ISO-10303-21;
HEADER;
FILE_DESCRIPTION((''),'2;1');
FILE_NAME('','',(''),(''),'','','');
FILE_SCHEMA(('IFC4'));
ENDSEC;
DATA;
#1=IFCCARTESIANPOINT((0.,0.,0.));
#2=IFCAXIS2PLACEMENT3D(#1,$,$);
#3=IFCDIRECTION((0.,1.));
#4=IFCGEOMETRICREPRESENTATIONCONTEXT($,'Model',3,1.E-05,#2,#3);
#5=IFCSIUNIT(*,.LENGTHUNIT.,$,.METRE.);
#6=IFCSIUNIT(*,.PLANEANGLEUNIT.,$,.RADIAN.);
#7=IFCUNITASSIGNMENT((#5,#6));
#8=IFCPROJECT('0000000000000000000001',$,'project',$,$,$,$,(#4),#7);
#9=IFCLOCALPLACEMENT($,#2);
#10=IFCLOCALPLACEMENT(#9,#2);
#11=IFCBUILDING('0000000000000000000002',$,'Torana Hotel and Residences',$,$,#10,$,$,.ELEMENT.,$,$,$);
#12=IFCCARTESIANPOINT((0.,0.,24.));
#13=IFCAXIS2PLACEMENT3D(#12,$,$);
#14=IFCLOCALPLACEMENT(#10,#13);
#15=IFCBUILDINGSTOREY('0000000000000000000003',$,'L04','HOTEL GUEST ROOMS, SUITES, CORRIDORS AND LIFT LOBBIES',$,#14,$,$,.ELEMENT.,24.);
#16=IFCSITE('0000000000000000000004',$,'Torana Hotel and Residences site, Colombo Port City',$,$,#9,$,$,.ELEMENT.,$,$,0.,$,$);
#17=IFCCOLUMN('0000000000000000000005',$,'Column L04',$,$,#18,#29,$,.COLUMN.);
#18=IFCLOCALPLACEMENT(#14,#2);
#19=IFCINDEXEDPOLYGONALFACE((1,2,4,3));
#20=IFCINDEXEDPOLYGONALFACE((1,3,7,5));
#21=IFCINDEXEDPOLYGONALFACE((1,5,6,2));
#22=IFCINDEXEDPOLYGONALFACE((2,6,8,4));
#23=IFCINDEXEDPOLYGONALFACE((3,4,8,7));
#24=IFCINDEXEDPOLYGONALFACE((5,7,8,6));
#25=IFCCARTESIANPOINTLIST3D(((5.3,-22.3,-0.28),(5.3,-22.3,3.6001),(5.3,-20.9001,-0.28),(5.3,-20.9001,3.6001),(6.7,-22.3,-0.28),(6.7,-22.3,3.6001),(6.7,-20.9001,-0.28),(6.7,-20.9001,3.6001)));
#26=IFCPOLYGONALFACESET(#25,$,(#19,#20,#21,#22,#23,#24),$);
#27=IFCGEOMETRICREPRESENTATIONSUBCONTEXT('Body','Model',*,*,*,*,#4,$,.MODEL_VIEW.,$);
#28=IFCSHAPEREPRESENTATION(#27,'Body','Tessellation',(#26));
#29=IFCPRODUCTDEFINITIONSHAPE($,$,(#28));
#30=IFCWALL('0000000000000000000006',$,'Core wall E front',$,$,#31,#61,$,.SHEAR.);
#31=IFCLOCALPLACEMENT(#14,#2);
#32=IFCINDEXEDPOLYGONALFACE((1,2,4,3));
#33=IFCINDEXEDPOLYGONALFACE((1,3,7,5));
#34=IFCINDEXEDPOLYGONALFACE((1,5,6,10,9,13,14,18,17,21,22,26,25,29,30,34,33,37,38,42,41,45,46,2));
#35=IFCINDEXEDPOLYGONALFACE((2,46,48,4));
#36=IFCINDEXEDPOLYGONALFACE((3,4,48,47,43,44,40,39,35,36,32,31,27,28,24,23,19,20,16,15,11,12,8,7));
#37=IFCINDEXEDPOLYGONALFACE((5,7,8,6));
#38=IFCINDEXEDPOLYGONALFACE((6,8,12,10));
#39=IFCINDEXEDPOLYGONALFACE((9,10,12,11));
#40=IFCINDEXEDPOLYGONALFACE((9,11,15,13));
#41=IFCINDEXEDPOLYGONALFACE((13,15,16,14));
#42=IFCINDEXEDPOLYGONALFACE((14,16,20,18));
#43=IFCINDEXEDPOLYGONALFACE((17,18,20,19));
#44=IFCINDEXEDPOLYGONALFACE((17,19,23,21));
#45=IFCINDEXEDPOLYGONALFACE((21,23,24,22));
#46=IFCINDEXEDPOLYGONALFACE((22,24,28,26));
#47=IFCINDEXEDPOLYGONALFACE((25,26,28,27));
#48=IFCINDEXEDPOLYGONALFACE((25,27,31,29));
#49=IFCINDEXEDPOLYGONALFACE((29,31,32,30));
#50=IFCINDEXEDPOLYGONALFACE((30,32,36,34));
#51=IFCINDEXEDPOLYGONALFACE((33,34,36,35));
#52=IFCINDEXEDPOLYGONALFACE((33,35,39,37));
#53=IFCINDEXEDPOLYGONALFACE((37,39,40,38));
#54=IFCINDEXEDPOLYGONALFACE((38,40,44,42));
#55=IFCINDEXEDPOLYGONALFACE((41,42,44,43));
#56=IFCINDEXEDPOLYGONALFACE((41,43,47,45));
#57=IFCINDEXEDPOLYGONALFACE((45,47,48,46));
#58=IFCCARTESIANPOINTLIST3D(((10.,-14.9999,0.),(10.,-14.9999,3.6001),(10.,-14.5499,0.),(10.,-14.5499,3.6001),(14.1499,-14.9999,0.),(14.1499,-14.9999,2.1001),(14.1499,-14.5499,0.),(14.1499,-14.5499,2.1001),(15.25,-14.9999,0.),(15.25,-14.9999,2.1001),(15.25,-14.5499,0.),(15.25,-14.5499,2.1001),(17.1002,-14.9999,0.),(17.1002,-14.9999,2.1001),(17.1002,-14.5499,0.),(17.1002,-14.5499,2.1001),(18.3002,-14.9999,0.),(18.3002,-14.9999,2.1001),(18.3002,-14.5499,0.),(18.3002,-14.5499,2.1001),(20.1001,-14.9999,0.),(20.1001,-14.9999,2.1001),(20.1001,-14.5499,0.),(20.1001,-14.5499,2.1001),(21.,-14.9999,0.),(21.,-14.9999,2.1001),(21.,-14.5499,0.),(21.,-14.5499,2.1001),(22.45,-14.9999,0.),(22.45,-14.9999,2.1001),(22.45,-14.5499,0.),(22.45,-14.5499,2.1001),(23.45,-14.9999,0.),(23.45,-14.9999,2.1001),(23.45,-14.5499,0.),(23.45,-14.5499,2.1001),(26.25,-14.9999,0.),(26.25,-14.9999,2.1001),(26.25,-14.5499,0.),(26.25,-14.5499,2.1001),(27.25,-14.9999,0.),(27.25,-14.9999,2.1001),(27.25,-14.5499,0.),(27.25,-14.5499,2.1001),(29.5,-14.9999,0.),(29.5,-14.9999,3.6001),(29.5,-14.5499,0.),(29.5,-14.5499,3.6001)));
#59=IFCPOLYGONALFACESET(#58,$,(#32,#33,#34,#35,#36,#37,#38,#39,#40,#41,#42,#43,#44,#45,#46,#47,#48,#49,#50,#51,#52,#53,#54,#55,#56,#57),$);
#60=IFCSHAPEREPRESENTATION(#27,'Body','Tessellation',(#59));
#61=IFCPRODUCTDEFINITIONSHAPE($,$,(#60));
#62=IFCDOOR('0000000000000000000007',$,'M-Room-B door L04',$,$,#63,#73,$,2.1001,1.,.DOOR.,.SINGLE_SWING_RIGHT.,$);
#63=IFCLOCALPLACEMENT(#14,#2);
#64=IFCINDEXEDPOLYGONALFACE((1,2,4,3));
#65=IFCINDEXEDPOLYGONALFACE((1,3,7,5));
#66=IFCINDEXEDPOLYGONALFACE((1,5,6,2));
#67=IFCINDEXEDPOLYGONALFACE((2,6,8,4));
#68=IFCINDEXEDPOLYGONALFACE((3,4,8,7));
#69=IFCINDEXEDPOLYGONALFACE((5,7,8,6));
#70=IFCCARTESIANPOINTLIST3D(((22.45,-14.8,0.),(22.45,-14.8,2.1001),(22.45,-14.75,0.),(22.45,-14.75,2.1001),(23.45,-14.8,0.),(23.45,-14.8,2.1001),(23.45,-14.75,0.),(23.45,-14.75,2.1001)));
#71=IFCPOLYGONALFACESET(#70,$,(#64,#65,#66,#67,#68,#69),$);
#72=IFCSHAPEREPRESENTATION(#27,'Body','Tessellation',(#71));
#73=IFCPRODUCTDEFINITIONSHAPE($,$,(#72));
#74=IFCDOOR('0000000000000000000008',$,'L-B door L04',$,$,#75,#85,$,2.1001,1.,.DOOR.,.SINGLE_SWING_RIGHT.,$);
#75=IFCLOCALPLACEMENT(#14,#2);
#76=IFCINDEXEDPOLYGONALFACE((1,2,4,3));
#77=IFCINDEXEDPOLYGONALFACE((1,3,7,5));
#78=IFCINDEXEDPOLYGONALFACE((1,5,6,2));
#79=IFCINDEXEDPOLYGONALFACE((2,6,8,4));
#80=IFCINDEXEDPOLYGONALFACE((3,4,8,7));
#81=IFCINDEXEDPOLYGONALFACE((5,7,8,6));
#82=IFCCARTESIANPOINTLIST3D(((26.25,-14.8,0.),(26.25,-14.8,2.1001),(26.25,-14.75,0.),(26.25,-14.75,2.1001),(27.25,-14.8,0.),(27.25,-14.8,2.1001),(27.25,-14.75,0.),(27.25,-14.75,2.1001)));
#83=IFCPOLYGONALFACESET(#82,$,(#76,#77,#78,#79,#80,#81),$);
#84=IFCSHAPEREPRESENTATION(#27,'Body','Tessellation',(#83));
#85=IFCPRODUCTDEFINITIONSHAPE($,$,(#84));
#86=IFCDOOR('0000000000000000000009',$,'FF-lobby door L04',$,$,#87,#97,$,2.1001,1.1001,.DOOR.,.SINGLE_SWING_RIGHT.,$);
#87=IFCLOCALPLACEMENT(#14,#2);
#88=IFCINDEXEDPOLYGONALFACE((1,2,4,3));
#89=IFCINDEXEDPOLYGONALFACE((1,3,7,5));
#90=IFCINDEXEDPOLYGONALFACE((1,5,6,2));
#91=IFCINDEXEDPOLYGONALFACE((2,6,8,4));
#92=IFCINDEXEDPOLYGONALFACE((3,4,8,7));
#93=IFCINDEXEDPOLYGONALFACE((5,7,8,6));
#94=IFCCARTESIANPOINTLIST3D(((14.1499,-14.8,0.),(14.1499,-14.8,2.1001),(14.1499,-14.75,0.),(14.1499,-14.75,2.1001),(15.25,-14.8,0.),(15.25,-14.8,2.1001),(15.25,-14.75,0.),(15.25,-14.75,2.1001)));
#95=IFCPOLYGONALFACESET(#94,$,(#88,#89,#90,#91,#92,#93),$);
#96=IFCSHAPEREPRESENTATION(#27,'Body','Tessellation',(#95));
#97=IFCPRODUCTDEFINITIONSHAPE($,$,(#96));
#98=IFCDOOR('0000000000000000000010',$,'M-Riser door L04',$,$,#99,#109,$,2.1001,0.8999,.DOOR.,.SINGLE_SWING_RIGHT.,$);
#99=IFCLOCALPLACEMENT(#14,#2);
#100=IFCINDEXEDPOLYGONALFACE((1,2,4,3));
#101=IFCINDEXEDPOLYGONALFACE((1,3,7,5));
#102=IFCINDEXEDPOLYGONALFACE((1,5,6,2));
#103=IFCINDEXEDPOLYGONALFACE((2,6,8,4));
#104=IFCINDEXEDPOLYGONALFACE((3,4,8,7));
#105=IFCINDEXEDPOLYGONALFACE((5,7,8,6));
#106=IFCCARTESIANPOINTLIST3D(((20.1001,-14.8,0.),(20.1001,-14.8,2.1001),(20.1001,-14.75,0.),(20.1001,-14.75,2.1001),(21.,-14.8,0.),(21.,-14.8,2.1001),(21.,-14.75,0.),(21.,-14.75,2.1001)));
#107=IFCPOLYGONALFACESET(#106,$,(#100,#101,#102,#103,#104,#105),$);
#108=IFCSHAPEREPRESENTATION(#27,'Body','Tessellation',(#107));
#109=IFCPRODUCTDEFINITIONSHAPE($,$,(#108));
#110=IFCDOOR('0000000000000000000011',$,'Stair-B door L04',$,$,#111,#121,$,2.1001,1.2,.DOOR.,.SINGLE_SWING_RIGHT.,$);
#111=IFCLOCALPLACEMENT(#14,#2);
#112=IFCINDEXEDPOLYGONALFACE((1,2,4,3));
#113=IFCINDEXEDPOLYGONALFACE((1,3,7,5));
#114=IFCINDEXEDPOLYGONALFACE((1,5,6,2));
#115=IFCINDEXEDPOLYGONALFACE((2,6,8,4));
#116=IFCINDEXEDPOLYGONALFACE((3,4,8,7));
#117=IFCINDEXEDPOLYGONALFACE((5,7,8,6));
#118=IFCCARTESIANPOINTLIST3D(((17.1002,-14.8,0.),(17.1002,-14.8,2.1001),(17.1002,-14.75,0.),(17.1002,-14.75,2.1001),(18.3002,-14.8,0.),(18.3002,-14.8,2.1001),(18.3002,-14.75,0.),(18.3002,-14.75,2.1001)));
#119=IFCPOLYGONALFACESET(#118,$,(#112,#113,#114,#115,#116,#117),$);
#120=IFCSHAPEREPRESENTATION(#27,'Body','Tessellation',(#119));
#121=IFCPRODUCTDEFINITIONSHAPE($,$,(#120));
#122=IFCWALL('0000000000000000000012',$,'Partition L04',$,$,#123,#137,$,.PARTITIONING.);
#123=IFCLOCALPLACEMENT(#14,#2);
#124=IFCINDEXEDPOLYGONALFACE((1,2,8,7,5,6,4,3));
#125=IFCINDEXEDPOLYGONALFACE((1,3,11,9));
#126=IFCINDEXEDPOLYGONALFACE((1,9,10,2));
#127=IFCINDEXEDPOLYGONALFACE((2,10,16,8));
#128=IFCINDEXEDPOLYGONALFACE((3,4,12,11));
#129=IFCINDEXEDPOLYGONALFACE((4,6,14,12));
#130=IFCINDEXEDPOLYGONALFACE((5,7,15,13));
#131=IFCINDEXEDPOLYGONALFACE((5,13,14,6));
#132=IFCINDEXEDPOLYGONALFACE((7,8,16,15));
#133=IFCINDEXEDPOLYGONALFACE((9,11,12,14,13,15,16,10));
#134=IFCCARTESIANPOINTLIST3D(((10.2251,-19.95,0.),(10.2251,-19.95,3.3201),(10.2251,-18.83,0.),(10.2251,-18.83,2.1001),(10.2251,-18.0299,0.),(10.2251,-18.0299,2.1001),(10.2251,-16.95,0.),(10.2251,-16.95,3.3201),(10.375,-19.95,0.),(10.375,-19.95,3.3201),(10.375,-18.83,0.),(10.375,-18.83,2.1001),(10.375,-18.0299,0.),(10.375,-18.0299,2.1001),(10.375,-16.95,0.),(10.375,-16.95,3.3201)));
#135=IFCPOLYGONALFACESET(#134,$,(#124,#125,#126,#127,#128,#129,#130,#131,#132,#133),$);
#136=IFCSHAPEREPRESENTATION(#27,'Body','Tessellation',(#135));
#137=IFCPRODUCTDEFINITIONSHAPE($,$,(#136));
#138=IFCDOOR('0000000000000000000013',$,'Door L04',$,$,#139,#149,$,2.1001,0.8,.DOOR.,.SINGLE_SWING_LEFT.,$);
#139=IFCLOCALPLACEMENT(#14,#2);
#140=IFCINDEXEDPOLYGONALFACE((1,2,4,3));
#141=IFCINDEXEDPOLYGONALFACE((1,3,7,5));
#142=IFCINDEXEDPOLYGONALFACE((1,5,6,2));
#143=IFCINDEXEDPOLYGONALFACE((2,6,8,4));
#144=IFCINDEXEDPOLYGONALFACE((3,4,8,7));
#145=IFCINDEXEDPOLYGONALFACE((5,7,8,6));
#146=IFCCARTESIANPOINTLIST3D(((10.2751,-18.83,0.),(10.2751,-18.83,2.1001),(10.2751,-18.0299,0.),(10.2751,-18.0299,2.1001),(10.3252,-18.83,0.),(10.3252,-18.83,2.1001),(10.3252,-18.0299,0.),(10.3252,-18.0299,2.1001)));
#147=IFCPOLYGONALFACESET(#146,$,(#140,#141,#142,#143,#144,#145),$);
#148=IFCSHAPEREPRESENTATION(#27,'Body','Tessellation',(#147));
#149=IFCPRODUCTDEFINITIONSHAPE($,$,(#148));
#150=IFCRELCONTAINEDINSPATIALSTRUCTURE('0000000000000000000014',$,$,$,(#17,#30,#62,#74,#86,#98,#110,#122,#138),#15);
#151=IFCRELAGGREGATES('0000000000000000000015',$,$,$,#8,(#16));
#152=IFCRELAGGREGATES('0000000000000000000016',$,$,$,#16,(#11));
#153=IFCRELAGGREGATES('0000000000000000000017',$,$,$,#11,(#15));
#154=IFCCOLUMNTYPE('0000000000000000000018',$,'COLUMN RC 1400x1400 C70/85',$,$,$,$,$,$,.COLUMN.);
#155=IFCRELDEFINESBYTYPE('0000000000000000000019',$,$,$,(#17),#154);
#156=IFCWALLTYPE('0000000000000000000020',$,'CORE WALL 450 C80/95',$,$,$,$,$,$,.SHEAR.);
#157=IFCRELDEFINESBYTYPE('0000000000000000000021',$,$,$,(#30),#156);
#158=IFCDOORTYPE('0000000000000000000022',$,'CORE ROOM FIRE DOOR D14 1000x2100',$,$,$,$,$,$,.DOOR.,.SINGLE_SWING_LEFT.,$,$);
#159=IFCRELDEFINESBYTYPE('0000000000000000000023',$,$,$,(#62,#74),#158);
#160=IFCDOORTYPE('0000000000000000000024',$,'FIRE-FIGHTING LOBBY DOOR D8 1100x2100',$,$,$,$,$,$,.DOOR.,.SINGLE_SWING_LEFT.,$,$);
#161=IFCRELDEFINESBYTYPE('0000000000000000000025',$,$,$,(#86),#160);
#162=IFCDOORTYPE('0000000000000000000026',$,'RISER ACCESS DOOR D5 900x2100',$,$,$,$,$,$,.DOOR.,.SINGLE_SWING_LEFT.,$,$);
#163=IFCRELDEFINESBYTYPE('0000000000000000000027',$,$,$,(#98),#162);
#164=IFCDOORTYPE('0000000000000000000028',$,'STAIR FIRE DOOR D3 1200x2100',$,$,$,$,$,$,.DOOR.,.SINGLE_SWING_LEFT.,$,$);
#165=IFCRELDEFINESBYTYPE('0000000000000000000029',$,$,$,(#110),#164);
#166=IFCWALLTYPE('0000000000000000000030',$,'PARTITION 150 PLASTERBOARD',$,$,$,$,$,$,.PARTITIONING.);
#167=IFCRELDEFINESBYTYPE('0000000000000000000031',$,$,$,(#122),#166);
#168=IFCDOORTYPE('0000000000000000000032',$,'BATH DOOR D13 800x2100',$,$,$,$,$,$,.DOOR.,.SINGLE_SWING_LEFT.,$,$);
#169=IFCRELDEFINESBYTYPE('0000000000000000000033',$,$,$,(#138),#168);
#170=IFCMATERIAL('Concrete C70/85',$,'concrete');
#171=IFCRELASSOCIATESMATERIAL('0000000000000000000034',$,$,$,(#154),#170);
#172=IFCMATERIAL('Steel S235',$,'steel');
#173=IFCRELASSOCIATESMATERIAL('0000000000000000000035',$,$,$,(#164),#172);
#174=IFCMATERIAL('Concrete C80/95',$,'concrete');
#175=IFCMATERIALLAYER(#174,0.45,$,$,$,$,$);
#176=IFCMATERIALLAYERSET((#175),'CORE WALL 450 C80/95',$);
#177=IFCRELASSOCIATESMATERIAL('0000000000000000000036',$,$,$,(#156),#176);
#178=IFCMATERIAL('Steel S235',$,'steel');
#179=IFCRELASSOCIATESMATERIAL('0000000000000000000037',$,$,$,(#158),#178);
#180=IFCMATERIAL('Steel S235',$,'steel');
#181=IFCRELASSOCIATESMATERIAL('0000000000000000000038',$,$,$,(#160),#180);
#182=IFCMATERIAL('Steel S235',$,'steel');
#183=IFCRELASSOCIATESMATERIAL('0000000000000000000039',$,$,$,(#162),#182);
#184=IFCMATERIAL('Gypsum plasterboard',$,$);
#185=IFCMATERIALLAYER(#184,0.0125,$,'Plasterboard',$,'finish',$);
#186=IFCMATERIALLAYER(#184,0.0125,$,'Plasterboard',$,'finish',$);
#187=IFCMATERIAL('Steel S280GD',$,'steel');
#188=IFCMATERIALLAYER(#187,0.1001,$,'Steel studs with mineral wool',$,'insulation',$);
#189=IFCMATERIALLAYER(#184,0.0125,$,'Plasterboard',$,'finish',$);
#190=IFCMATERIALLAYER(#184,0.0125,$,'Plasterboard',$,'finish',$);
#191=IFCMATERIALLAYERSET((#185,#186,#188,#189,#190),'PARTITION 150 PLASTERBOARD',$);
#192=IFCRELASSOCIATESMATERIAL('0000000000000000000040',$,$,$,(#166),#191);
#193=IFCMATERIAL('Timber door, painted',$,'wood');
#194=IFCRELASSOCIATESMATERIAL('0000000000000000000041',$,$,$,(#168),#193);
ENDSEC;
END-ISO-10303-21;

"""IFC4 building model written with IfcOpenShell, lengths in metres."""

from ifc_helpers import new_model, si_unit, direction, frame, frame_2d, origin, origin_2d, place, context, subcontext, project, spatial, rectangle, extrude, material, layer, layer_set, material_profile, profile_set, type_object, element, fill, save


model = new_model("IFC4")

# Units and contexts
model_context = context("Model", 3, precision=1e-05, world=origin(), true_north=direction((0.0, 1.0)))
body_context = subcontext(model_context, "Body", "Model", "MODEL_VIEW")
ifc_project = project(units=[si_unit("LENGTHUNIT", "METRE"), si_unit("PLANEANGLEUNIT", "RADIAN")], contexts=[model_context])

# Site, building, storey
site_placement = place(None, origin())
site = spatial("IfcSite", under=ifc_project, at=site_placement, Name="Torana Hotel and Residences site, Colombo Port City", CompositionType="ELEMENT", RefElevation=0.0)
building_placement = place(site_placement, origin())
building = spatial("IfcBuilding", under=site, at=building_placement, Name="Torana Hotel and Residences", CompositionType="ELEMENT")
storey_placement = place(building_placement, frame((0.0, 0.0, 24.0)))
storey = spatial("IfcBuildingStorey", under=building, at=storey_placement, Name="L04", Description="HOTEL GUEST ROOMS, SUITES, CORRIDORS AND LIFT LOBBIES", CompositionType="ELEMENT", Elevation=24.0)

# Column
ifc_material_1 = material(Name="Concrete C70/85", Category="concrete")
ifc_material_profile = material_profile(ifc_material_1, rectangle(XDim=1.3999, YDim=1.3999, at=origin_2d()), Name="RC 1400x1400")
ifc_profile_set = profile_set([ifc_material_profile], Name="Concrete C70/85")
column_type = type_object("IfcColumnType", Name="COLUMN RC 1400x1400 C70/85", PredefinedType="COLUMN", material=ifc_profile_set)
column_placement = place(storey_placement, frame((6.0, -21.6001, -0.28), z_axis=(0.0, 0.0, 1.0), x_axis=(1.0, 0.0, 0.0)))
element("IfcColumn", 1, at=column_placement, inside=storey, type_object=column_type, Name="Column L04", PredefinedType="COLUMN", context=body_context, shape_type="SweptSolid", body=[
    extrude(rectangle(XDim=1.3999, YDim=1.3999, at=origin_2d()), origin(), (0.0, 0.0, 1.0), 3.8801),
])

# Wall, openings, doors
ifc_material_2 = material(Name="Steel S235", Category="steel")
door_type_1 = type_object("IfcDoorType", Name="STAIR FIRE DOOR D3 1200x2100", OperationType="SINGLE_SWING_LEFT", PredefinedType="DOOR", material=ifc_material_2)
ifc_material_3 = material(Name="Concrete C80/95", Category="concrete")
ifc_layer_1 = layer(ifc_material_3, 0.45)
ifc_layer_set_1 = layer_set([ifc_layer_1], Name="CORE WALL 450 C80/95")
wall_type_1 = type_object("IfcWallType", Name="CORE WALL 450 C80/95", PredefinedType="SHEAR", material=ifc_layer_set_1)
wall_1_placement = place(storey_placement, frame((10.0, -14.7749, 0.0), z_axis=(0.0, 0.0, 1.0), x_axis=(1.0, 0.0, 0.0)))
wall_1 = element("IfcWall", 2, at=wall_1_placement, inside=storey, type_object=wall_type_1, Name="Core wall E front", PredefinedType="SHEAR", context=body_context, shape_type="SweptSolid", body=[
    extrude(rectangle(XDim=19.5, YDim=0.45, at=frame_2d((9.75, 0.0))), origin(), (0.0, 0.0, 1.0), 3.6001),
])
opening_1_placement = place(wall_1_placement, frame((7.1001, 0.0, 0.0)))
opening_1 = element("IfcOpeningElement", 3, at=opening_1_placement, cuts=wall_1, PredefinedType="OPENING", context=body_context, shape_type="SweptSolid", body=[
    extrude(rectangle(XDim=1.2, YDim=2.1001, at=frame_2d((0.6001, 1.05))), frame((0.0, 0.2349, 0.0), z_axis=(0.0, -1.0, 0.0), x_axis=(1.0, 0.0, 0.0)), (0.0, 0.0, 1.0), 0.47),
])
opening_2_placement = place(wall_1_placement, frame((4.1499, 0.0, 0.0)))
opening_2 = element("IfcOpeningElement", 4, at=opening_2_placement, cuts=wall_1, PredefinedType="OPENING", context=body_context, shape_type="SweptSolid", body=[
    extrude(rectangle(XDim=1.1001, YDim=2.1001, at=frame_2d((0.55, 1.05))), frame((0.0, 0.2349, 0.0), z_axis=(0.0, -1.0, 0.0), x_axis=(1.0, 0.0, 0.0)), (0.0, 0.0, 1.0), 0.47),
])
opening_3_placement = place(wall_1_placement, frame((10.1001, 0.0, 0.0)))
opening_3 = element("IfcOpeningElement", 5, at=opening_3_placement, cuts=wall_1, PredefinedType="OPENING", context=body_context, shape_type="SweptSolid", body=[
    extrude(rectangle(XDim=0.8999, YDim=2.1001, at=frame_2d((0.45, 1.05))), frame((0.0, 0.2349, 0.0), z_axis=(0.0, -1.0, 0.0), x_axis=(1.0, 0.0, 0.0)), (0.0, 0.0, 1.0), 0.47),
])
opening_4_placement = place(wall_1_placement, frame((12.45, 0.0, 0.0)))
opening_4 = element("IfcOpeningElement", 6, at=opening_4_placement, cuts=wall_1, PredefinedType="OPENING", context=body_context, shape_type="SweptSolid", body=[
    extrude(rectangle(XDim=1.0, YDim=2.1001, at=frame_2d((0.5, 1.05))), frame((0.0, 0.2349, 0.0), z_axis=(0.0, -1.0, 0.0), x_axis=(1.0, 0.0, 0.0)), (0.0, 0.0, 1.0), 0.47),
])
opening_5_placement = place(wall_1_placement, frame((16.25, 0.0, 0.0)))
opening_5 = element("IfcOpeningElement", 7, at=opening_5_placement, cuts=wall_1, PredefinedType="OPENING", context=body_context, shape_type="SweptSolid", body=[
    extrude(rectangle(XDim=1.0, YDim=2.1001, at=frame_2d((0.5, 1.05))), frame((0.0, 0.2349, 0.0), z_axis=(0.0, -1.0, 0.0), x_axis=(1.0, 0.0, 0.0)), (0.0, 0.0, 1.0), 0.47),
])
ifc_material_4 = material(Name="Steel S235", Category="steel")
door_type_2 = type_object("IfcDoorType", Name="CORE ROOM FIRE DOOR D14 1000x2100", OperationType="SINGLE_SWING_LEFT", PredefinedType="DOOR", material=ifc_material_4)
door_1_placement = place(opening_4_placement, origin())
door_1 = element("IfcDoor", 8, at=door_1_placement, inside=storey, type_object=door_type_2, Name="M-Room-B door L04", OperationType="SINGLE_SWING_RIGHT", OverallHeight=2.1001, OverallWidth=1.0, PredefinedType="DOOR", context=body_context, shape_type="SweptSolid", body=[
    extrude(rectangle(XDim=1.0, YDim=2.1001, at=frame_2d((0.5, 1.05))), frame((0.0, 0.0249, 0.0), z_axis=(0.0, -1.0, 0.0), x_axis=(1.0, 0.0, 0.0)), (0.0, 0.0, 1.0), 0.05),
])
fill(opening_4, door_1)
door_2_placement = place(opening_5_placement, origin())
door_2 = element("IfcDoor", 9, at=door_2_placement, inside=storey, type_object=door_type_2, Name="L-B door L04", OperationType="SINGLE_SWING_RIGHT", OverallHeight=2.1001, OverallWidth=1.0, PredefinedType="DOOR", context=body_context, shape_type="SweptSolid", body=[
    extrude(rectangle(XDim=1.0, YDim=2.1001, at=frame_2d((0.5, 1.05))), frame((0.0, 0.0249, 0.0), z_axis=(0.0, -1.0, 0.0), x_axis=(1.0, 0.0, 0.0)), (0.0, 0.0, 1.0), 0.05),
])
fill(opening_5, door_2)
ifc_material_5 = material(Name="Steel S235", Category="steel")
door_type_3 = type_object("IfcDoorType", Name="FIRE-FIGHTING LOBBY DOOR D8 1100x2100", OperationType="SINGLE_SWING_LEFT", PredefinedType="DOOR", material=ifc_material_5)
door_3_placement = place(opening_2_placement, origin())
door_3 = element("IfcDoor", 10, at=door_3_placement, inside=storey, type_object=door_type_3, Name="FF-lobby door L04", OperationType="SINGLE_SWING_RIGHT", OverallHeight=2.1001, OverallWidth=1.1001, PredefinedType="DOOR", context=body_context, shape_type="SweptSolid", body=[
    extrude(rectangle(XDim=1.1001, YDim=2.1001, at=frame_2d((0.55, 1.05))), frame((0.0, 0.0249, 0.0), z_axis=(0.0, -1.0, 0.0), x_axis=(1.0, 0.0, 0.0)), (0.0, 0.0, 1.0), 0.05),
])
fill(opening_2, door_3)
ifc_material_6 = material(Name="Steel S235", Category="steel")
door_type_4 = type_object("IfcDoorType", Name="RISER ACCESS DOOR D5 900x2100", OperationType="SINGLE_SWING_LEFT", PredefinedType="DOOR", material=ifc_material_6)
door_4_placement = place(opening_3_placement, origin())
door_4 = element("IfcDoor", 11, at=door_4_placement, inside=storey, type_object=door_type_4, Name="M-Riser door L04", OperationType="SINGLE_SWING_RIGHT", OverallHeight=2.1001, OverallWidth=0.8999, PredefinedType="DOOR", context=body_context, shape_type="SweptSolid", body=[
    extrude(rectangle(XDim=0.8999, YDim=2.1001, at=frame_2d((0.45, 1.05))), frame((0.0, 0.0249, 0.0), z_axis=(0.0, -1.0, 0.0), x_axis=(1.0, 0.0, 0.0)), (0.0, 0.0, 1.0), 0.05),
])
fill(opening_3, door_4)
door_5_placement = place(opening_1_placement, origin())
door_5 = element("IfcDoor", 12, at=door_5_placement, inside=storey, type_object=door_type_1, Name="Stair-B door L04", OperationType="SINGLE_SWING_RIGHT", OverallHeight=2.1001, OverallWidth=1.2, PredefinedType="DOOR", context=body_context, shape_type="SweptSolid", body=[
    extrude(rectangle(XDim=1.2, YDim=2.1001, at=frame_2d((0.6001, 1.05))), frame((0.0, 0.0249, 0.0), z_axis=(0.0, -1.0, 0.0), x_axis=(1.0, 0.0, 0.0)), (0.0, 0.0, 1.0), 0.05),
])
fill(opening_1, door_5)

# Wall, opening, door
ifc_material_7 = material(Name="Gypsum plasterboard")
ifc_layer_2 = layer(ifc_material_7, 0.0125, Name="Plasterboard", Category="finish")
ifc_layer_3 = layer(ifc_material_7, 0.0125, Name="Plasterboard", Category="finish")
ifc_material_8 = material(Name="Steel S280GD", Category="steel")
ifc_layer_4 = layer(ifc_material_8, 0.1001, Name="Steel studs with mineral wool", Category="insulation")
ifc_layer_5 = layer(ifc_material_7, 0.0125, Name="Plasterboard", Category="finish")
ifc_layer_6 = layer(ifc_material_7, 0.0125, Name="Plasterboard", Category="finish")
ifc_layer_set_2 = layer_set([ifc_layer_2, ifc_layer_3, ifc_layer_4, ifc_layer_5, ifc_layer_6], Name="PARTITION 150 PLASTERBOARD")
wall_type_2 = type_object("IfcWallType", Name="PARTITION 150 PLASTERBOARD", PredefinedType="PARTITIONING", material=ifc_layer_set_2)
wall_2_placement = place(storey_placement, frame((10.3, -19.95, 0.0), z_axis=(0.0, 0.0, 1.0), x_axis=(0.0, 1.0, 0.0)))
wall_2 = element("IfcWall", 13, at=wall_2_placement, inside=storey, type_object=wall_type_2, Name="Partition L04", PredefinedType="PARTITIONING", context=body_context, shape_type="SweptSolid", body=[
    extrude(rectangle(XDim=3.0, YDim=0.1499, at=frame_2d((1.5, 0.0))), origin(), (0.0, 0.0, 1.0), 3.3201),
])
opening_6_placement = place(wall_2_placement, frame((1.1201, 0.0, 0.0)))
opening_6 = element("IfcOpeningElement", 14, at=opening_6_placement, cuts=wall_2, PredefinedType="OPENING", context=body_context, shape_type="SweptSolid", body=[
    extrude(rectangle(XDim=0.8, YDim=2.1001, at=frame_2d((0.3999, 1.05))), frame((0.0, 0.085, 0.0), z_axis=(0.0, -1.0, 0.0), x_axis=(1.0, 0.0, 0.0)), (0.0, 0.0, 1.0), 0.1699),
])
ifc_material_9 = material(Name="Timber door, painted", Category="wood")
door_type_5 = type_object("IfcDoorType", Name="BATH DOOR D13 800x2100", OperationType="SINGLE_SWING_LEFT", PredefinedType="DOOR", material=ifc_material_9)
door_6_placement = place(opening_6_placement, origin())
door_6 = element("IfcDoor", 15, at=door_6_placement, inside=storey, type_object=door_type_5, Name="Door L04", OperationType="SINGLE_SWING_LEFT", OverallHeight=2.1001, OverallWidth=0.8, PredefinedType="DOOR", context=body_context, shape_type="SweptSolid", body=[
    extrude(rectangle(XDim=0.8, YDim=2.1001, at=frame_2d((0.3999, 1.05))), frame((0.0, 0.0249, 0.0), z_axis=(0.0, -1.0, 0.0), x_axis=(1.0, 0.0, 0.0)), (0.0, 0.0, 1.0), 0.05),
])
fill(opening_6, door_6)

save(model, "model.ifc")
